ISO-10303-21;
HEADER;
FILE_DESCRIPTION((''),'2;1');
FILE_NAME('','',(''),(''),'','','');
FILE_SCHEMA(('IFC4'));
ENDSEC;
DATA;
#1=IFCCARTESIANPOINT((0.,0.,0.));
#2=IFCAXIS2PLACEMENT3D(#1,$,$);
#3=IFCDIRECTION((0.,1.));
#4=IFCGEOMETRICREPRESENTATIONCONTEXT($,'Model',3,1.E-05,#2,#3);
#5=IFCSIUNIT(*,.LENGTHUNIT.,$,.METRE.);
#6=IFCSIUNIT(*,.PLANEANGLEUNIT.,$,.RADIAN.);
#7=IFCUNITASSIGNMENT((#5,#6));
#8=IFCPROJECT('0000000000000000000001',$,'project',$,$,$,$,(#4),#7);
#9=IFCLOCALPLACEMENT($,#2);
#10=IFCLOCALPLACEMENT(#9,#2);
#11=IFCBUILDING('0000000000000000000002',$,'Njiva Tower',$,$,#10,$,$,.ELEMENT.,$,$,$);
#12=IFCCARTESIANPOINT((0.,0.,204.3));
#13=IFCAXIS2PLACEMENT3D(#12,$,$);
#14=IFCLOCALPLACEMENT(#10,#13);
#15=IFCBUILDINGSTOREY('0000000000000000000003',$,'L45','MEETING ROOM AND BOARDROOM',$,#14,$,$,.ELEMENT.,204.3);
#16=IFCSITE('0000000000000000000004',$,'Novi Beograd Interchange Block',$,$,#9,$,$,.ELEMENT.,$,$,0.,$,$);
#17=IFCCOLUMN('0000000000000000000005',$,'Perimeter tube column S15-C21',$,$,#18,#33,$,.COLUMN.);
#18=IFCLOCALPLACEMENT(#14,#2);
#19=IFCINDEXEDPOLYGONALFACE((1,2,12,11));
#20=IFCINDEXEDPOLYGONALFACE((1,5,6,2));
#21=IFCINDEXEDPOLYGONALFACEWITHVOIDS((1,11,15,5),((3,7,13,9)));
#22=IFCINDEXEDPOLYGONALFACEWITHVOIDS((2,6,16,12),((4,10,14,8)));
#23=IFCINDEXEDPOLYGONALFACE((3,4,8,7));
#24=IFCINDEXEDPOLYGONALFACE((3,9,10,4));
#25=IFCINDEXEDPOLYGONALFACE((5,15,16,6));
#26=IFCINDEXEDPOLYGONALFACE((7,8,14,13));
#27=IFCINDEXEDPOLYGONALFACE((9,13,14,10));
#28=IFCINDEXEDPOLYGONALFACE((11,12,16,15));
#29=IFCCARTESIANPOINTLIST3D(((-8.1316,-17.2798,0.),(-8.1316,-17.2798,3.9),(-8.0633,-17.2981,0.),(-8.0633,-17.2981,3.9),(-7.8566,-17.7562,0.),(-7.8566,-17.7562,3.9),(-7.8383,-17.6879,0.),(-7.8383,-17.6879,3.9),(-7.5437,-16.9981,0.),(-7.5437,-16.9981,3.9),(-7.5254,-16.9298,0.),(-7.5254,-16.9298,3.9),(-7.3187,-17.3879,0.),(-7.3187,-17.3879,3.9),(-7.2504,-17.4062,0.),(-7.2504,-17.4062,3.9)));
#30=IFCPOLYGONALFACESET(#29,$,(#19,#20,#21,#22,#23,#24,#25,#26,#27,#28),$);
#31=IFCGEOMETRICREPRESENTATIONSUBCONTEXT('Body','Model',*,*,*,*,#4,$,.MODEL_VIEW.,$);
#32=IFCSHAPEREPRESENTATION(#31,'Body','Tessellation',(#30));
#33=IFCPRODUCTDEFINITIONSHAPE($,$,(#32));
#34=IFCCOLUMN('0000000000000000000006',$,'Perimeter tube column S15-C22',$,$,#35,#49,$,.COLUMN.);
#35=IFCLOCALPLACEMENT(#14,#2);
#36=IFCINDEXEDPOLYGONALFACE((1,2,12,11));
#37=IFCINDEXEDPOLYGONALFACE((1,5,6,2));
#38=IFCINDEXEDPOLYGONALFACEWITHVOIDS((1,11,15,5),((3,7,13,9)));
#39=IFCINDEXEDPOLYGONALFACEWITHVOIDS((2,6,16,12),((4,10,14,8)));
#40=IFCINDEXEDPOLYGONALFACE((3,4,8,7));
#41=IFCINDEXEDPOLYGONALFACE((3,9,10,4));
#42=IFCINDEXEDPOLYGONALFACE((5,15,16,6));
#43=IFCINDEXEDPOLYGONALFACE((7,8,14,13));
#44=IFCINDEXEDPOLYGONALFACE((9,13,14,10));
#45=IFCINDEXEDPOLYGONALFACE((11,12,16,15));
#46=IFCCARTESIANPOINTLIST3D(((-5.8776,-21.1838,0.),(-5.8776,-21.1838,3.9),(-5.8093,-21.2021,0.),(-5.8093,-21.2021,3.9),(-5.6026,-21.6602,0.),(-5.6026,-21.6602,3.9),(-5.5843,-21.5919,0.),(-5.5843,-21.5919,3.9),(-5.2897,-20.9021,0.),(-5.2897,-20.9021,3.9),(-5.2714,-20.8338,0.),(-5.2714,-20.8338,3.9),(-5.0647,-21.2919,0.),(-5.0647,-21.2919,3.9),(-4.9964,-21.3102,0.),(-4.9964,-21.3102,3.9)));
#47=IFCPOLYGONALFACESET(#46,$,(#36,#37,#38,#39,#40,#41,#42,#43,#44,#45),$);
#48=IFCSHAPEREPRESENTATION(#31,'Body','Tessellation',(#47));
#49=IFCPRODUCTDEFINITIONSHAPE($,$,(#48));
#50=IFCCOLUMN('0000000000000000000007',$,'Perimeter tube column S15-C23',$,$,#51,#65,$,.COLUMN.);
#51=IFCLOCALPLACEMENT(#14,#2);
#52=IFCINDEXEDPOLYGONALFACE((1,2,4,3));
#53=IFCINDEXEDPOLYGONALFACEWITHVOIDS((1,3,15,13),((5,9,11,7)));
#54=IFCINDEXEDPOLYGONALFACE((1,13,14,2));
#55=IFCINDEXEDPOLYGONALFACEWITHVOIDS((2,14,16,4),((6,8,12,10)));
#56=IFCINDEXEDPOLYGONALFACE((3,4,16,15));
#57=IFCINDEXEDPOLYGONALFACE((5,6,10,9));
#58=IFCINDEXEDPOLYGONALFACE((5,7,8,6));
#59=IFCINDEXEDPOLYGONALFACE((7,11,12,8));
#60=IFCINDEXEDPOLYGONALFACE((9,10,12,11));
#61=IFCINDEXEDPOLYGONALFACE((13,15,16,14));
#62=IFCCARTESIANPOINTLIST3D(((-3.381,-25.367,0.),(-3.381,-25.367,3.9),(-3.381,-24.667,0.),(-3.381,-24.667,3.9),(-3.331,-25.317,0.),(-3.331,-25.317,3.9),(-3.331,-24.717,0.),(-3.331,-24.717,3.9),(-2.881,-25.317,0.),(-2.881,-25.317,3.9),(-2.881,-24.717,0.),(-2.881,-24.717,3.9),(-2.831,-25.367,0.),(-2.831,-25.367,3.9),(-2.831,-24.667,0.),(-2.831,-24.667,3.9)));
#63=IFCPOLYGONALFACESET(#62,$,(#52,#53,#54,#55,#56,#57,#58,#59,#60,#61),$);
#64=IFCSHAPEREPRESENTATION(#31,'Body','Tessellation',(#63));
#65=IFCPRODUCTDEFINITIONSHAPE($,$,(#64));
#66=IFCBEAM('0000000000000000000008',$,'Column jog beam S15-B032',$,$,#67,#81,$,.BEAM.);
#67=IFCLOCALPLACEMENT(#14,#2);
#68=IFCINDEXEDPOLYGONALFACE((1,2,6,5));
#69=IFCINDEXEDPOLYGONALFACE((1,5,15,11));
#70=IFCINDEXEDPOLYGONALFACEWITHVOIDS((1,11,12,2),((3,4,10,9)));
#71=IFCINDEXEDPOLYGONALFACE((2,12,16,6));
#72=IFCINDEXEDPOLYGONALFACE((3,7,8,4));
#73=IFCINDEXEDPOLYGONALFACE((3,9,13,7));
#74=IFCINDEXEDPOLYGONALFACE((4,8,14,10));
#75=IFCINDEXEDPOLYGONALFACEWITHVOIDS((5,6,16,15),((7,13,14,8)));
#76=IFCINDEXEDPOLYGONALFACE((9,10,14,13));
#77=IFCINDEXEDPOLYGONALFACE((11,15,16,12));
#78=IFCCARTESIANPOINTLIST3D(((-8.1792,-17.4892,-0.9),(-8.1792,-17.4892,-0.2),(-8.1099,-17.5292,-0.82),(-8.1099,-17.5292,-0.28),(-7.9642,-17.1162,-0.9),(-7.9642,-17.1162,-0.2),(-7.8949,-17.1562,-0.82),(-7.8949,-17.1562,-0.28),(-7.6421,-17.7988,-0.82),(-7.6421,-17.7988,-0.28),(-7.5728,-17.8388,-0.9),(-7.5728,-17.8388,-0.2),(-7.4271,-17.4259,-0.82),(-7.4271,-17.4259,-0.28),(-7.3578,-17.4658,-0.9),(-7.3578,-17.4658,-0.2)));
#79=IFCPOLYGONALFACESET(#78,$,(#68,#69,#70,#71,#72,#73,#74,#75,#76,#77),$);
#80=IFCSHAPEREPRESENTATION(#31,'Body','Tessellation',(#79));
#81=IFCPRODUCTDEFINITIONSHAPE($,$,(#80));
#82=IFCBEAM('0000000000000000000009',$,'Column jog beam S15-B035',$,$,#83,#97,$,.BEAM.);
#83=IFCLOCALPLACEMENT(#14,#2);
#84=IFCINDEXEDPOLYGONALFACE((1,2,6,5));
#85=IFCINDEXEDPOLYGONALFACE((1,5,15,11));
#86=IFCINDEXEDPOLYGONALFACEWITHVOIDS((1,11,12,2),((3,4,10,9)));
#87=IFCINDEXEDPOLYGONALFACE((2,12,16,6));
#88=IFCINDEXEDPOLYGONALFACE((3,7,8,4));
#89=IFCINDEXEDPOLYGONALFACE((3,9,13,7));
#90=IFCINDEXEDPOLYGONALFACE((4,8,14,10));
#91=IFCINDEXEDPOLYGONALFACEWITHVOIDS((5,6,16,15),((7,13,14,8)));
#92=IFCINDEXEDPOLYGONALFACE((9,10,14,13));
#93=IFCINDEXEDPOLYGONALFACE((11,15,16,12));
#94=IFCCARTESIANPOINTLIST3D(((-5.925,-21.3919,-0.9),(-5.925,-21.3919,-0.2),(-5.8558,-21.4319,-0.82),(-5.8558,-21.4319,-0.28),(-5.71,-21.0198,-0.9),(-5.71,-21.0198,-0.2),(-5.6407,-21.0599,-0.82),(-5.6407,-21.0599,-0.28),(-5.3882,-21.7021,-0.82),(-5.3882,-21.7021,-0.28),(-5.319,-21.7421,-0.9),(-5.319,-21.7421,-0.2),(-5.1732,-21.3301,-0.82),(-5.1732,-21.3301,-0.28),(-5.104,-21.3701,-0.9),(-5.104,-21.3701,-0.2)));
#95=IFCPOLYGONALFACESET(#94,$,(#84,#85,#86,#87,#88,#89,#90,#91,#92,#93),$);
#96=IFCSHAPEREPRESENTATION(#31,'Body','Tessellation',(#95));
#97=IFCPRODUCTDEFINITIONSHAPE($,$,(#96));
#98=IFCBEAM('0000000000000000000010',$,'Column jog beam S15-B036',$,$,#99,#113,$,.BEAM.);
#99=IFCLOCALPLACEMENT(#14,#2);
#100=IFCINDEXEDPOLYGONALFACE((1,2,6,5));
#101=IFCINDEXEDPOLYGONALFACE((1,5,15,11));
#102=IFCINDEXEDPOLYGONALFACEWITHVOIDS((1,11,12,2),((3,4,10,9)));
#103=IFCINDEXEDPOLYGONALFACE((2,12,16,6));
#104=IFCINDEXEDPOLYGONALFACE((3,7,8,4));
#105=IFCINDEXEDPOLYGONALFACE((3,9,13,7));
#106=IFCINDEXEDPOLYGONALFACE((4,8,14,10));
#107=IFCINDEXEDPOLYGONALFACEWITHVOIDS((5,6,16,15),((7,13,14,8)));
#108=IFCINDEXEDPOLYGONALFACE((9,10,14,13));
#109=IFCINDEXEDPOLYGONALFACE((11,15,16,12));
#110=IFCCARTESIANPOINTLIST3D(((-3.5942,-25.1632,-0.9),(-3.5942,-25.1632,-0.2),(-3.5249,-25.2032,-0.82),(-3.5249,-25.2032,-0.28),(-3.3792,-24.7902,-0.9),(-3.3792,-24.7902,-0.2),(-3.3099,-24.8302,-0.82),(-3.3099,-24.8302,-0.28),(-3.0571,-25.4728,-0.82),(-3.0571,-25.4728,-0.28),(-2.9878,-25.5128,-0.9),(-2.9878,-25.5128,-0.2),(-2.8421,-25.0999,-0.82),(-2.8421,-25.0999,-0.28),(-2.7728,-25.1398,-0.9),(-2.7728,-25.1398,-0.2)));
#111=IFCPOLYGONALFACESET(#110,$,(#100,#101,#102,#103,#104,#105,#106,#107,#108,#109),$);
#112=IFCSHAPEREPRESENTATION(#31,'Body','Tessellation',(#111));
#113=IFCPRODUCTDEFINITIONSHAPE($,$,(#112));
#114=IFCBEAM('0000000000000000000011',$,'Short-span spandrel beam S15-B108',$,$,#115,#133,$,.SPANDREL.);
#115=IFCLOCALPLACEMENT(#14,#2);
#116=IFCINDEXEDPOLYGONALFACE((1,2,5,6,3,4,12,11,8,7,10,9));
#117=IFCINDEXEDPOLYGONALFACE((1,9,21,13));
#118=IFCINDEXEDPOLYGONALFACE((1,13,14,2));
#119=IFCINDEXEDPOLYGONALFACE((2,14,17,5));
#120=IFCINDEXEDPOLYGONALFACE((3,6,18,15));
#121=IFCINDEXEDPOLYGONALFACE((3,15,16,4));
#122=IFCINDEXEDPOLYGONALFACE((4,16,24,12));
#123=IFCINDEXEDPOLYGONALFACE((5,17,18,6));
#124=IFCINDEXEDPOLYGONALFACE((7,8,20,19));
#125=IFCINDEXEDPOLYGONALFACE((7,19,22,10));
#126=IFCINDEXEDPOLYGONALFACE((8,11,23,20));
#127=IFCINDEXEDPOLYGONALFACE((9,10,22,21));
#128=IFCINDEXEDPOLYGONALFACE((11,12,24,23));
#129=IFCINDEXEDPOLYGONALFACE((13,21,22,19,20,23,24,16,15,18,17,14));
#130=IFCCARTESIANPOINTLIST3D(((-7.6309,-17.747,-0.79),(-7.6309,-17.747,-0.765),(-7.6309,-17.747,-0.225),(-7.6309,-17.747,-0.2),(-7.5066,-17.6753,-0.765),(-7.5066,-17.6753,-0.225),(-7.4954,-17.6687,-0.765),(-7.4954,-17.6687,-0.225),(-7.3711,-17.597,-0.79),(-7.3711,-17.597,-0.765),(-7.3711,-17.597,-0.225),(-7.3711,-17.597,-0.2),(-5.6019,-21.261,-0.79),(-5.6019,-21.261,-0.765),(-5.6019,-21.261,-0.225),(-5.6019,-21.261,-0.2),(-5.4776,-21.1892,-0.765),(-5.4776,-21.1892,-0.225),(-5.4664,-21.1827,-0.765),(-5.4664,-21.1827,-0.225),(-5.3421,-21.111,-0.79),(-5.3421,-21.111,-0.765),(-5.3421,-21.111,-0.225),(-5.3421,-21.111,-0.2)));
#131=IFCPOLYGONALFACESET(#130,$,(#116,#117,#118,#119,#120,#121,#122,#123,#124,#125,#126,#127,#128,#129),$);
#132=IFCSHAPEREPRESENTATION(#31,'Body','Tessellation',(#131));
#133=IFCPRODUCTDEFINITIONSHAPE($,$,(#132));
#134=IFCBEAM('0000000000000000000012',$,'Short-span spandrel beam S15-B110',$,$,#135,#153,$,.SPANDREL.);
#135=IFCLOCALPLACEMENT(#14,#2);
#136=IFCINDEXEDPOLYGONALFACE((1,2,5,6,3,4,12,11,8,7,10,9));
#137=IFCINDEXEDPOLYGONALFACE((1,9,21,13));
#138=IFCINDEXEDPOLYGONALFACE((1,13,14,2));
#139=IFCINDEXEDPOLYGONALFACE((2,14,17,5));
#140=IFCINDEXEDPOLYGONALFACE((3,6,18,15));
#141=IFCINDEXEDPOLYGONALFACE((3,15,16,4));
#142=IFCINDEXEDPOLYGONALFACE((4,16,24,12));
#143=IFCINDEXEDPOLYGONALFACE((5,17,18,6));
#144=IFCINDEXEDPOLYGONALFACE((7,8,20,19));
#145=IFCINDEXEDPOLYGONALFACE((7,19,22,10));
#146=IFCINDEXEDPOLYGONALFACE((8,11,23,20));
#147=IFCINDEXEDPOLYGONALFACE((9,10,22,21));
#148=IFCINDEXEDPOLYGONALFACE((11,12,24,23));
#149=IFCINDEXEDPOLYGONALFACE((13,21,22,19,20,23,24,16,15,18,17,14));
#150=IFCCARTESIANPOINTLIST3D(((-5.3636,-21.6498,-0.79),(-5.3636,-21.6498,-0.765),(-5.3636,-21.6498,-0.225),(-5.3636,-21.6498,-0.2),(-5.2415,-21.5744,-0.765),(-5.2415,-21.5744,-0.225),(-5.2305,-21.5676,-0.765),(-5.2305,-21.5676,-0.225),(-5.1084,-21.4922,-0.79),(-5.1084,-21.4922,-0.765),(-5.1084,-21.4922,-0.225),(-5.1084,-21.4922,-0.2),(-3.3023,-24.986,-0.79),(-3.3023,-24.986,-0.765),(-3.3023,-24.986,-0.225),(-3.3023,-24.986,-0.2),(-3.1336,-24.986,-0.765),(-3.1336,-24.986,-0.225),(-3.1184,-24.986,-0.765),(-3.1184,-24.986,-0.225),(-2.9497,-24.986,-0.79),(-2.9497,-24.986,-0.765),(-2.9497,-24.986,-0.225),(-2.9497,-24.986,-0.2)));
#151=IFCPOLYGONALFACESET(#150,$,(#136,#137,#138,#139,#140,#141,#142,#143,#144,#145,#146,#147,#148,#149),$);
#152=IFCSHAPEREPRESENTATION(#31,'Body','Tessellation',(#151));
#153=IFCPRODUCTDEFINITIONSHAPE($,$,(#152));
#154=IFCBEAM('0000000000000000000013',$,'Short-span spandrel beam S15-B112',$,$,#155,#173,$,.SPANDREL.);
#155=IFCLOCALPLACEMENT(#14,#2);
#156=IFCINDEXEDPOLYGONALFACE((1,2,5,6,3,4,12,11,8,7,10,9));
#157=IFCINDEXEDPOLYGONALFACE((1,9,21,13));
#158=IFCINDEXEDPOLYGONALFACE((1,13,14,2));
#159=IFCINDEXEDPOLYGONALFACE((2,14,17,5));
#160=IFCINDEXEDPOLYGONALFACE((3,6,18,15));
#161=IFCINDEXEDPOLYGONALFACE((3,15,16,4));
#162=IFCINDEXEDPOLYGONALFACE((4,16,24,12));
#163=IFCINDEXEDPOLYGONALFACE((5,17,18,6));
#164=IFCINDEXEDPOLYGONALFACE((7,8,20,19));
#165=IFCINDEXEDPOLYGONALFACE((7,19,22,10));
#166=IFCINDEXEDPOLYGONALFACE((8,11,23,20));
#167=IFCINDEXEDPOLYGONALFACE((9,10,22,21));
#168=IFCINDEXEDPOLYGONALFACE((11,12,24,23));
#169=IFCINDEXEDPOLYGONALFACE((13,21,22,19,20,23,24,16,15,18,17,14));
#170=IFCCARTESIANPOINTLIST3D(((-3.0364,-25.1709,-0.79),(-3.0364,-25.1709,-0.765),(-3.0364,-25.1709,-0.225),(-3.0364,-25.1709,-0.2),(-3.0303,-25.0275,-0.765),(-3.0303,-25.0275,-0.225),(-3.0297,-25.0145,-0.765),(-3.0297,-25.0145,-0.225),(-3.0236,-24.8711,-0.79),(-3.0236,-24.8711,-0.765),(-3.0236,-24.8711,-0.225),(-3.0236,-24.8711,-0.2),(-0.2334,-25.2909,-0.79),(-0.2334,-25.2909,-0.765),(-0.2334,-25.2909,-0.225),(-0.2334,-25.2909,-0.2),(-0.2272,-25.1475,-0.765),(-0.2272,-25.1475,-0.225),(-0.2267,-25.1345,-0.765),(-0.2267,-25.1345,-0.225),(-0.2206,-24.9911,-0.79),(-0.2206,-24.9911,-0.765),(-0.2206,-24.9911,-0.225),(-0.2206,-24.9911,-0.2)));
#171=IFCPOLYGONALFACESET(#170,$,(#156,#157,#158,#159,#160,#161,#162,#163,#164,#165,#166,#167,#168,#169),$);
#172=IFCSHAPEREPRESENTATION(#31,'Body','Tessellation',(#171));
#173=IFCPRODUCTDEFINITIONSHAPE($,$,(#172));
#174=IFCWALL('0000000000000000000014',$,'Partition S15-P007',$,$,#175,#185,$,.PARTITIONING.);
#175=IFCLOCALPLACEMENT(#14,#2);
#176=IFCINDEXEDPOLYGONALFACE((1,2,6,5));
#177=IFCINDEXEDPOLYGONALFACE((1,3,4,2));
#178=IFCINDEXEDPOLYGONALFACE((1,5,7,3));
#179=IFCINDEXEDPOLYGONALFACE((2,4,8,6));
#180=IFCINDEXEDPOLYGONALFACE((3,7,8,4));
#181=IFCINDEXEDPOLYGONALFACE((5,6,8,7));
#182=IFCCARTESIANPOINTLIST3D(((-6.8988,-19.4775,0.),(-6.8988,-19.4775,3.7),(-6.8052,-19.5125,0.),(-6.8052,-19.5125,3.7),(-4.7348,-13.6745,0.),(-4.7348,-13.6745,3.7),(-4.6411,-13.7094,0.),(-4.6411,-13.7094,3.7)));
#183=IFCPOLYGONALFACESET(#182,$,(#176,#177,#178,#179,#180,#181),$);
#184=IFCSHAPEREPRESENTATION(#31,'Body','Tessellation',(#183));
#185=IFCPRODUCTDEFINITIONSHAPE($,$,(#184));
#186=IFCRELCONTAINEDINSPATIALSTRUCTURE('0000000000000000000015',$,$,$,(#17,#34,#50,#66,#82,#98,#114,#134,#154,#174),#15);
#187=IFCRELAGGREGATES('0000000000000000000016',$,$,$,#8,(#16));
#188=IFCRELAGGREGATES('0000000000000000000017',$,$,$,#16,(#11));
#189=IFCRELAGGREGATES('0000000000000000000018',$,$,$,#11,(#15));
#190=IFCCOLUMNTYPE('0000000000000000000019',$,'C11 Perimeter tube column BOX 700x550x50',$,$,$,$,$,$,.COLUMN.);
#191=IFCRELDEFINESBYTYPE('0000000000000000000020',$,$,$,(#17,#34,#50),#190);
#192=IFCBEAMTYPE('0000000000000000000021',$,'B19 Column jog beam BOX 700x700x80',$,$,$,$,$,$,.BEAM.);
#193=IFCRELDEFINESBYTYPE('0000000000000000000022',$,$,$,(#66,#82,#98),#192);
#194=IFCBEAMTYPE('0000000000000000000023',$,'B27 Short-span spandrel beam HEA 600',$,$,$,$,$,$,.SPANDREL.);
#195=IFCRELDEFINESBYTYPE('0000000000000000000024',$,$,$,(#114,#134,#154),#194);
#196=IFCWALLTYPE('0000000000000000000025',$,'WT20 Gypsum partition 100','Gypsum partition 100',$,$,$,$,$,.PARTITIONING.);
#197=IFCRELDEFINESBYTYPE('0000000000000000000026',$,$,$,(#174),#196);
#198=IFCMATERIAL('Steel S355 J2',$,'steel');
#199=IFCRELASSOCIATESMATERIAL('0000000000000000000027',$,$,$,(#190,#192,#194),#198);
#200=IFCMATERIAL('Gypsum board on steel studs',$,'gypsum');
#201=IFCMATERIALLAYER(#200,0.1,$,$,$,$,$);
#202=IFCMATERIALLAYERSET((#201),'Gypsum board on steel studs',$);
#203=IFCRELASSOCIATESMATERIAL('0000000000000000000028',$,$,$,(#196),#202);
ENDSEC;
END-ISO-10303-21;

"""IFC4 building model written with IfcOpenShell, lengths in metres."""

from ifc_helpers import new_model, si_unit, direction, frame, frame_2d, origin, origin_2d, place, context, subcontext, project, spatial, rectangle, hollow_rectangle, i_section, extrude, clip, halfspace, material, layer, layer_set, material_profile, profile_set, type_object, element, save


model = new_model("IFC4")

# Units and contexts
model_context = context("Model", 3, precision=1e-05, world=origin(), true_north=direction((0.0, 1.0)))
body_context = subcontext(model_context, "Body", "Model", "MODEL_VIEW")
ifc_project = project(units=[si_unit("LENGTHUNIT", "METRE"), si_unit("PLANEANGLEUNIT", "RADIAN")], contexts=[model_context])

# Site, building, storey
site_placement = place(None, origin())
site = spatial("IfcSite", under=ifc_project, at=site_placement, Name="Novi Beograd Interchange Block", CompositionType="ELEMENT", RefElevation=0.0)
building_placement = place(site_placement, origin())
building = spatial("IfcBuilding", under=site, at=building_placement, Name="Njiva Tower", CompositionType="ELEMENT")
storey_placement = place(building_placement, frame((0.0, 0.0, 204.3)))
storey = spatial("IfcBuildingStorey", under=building, at=storey_placement, Name="L45", Description="MEETING ROOM AND BOARDROOM", CompositionType="ELEMENT", Elevation=204.3)

# Columns
ifc_material_1 = material(Name="Steel S355 J2", Category="steel")
ifc_material_profile_1 = material_profile(ifc_material_1, hollow_rectangle(XDim=0.55, YDim=0.7, WallThickness=0.05, at=origin_2d()), Name="BOX 700x550x50")
ifc_profile_set_1 = profile_set([ifc_material_profile_1], Name="Steel S355 J2")
column_type = type_object("IfcColumnType", Name="C11 Perimeter tube column BOX 700x550x50", PredefinedType="COLUMN", material=ifc_profile_set_1)
for number, where, z_axis, x_axis, name in (
    (1, (-7.691, -17.343, 0.0), (0.0, 0.0, 1.0), (0.5, -0.866025, 0.0), "Perimeter tube column S15-C21"),
    (2, (-5.437, -21.247, 0.0), (0.0, 0.0, 1.0), (0.5, -0.866025, 0.0), "Perimeter tube column S15-C22"),
    (3, (-3.106, -25.017, 0.0), (0.0, 0.0, 1.0), (1.0, 0.0, 0.0), "Perimeter tube column S15-C23"),
):
    element("IfcColumn", number, at=place(storey_placement, frame(where, z_axis=z_axis, x_axis=x_axis)), inside=storey, type_object=column_type, Name=name, PredefinedType="COLUMN", context=body_context, shape_type="SweptSolid", body=[
        extrude(hollow_rectangle(XDim=0.55, YDim=0.7, WallThickness=0.05, at=origin_2d()), origin(), (0.0, 0.0, 1.0), 3.9),
    ])

# Beams
ifc_material_profile_2 = material_profile(ifc_material_1, hollow_rectangle(XDim=0.7, YDim=0.7, WallThickness=0.08, at=origin_2d()), Name="BOX 700x700x80")
ifc_profile_set_2 = profile_set([ifc_material_profile_2], Name="Steel S355 J2")
beam_type_1 = type_object("IfcBeamType", Name="B19 Column jog beam BOX 700x700x80", PredefinedType="BEAM", material=ifc_profile_set_2)
beam_1_placement = place(storey_placement, frame((-7.876, -17.664, -0.55), z_axis=(0.499387, 0.866379, 0.0), x_axis=(-0.866379, 0.499387, 0.0)))
element("IfcBeam", 4, at=beam_1_placement, inside=storey, type_object=beam_type_1, Name="Column jog beam S15-B032", PredefinedType="BEAM", context=body_context, shape_type="SweptSolid", body=[
    extrude(hollow_rectangle(XDim=0.7, YDim=0.7, WallThickness=0.08, at=origin_2d()), origin(), (0.0, 0.0, 1.0), 0.4305),
])
beam_2_placement = place(storey_placement, frame((-5.622, -21.567, -0.55), z_axis=(0.500394, 0.865798, 0.0), x_axis=(-0.865798, 0.500394, 0.0)))
element("IfcBeam", 5, at=beam_2_placement, inside=storey, type_object=beam_type_1, Name="Column jog beam S15-B035", PredefinedType="BEAM", context=body_context, shape_type="SweptSolid", body=[
    extrude(hollow_rectangle(XDim=0.7, YDim=0.7, WallThickness=0.08, at=origin_2d()), origin(), (0.0, 0.0, 1.0), 0.4297),
])
beam_3_placement = place(storey_placement, frame((-3.291, -25.338, -0.55), z_axis=(0.499387, 0.866379, 0.0), x_axis=(-0.866379, 0.499387, 0.0)))
element("IfcBeam", 6, at=beam_3_placement, inside=storey, type_object=beam_type_1, Name="Column jog beam S15-B036", PredefinedType="BEAM", context=body_context, shape_type="SweptSolid", body=[
    extrude(hollow_rectangle(XDim=0.7, YDim=0.7, WallThickness=0.08, at=origin_2d()), origin(), (0.0, 0.0, 1.0), 0.4305),
])
ifc_material_profile_3 = material_profile(ifc_material_1, i_section(OverallWidth=0.3, OverallDepth=0.59, WebThickness=0.013, FlangeThickness=0.025, at=origin_2d()), Name="HEA 600")
ifc_profile_set_3 = profile_set([ifc_material_profile_3], Name="Steel S355 J2")
beam_type_2 = type_object("IfcBeamType", Name="B27 Short-span spandrel beam HEA 600", PredefinedType="SPANDREL", material=ifc_profile_set_3)
beam_4_placement = place(storey_placement, frame((-7.501, -17.672, -0.495), z_axis=(0.500035, -0.866005, 0.0), x_axis=(0.866005, 0.500035, 0.0)))
element("IfcBeam", 7, at=beam_4_placement, inside=storey, type_object=beam_type_2, Name="Short-span spandrel beam S15-B108", PredefinedType="SPANDREL", context=body_context, shape_type="SweptSolid", body=[
    extrude(i_section(OverallWidth=0.3, OverallDepth=0.59, WebThickness=0.013, FlangeThickness=0.025, at=origin_2d()), origin(), (0.0, 0.0, 1.0), 4.0577),
])
beam_5_placement = place(storey_placement, frame((-5.236, -21.571, -0.495), z_axis=(0.525625, -0.850716, 0.0), x_axis=(0.850716, 0.525625, 0.0)))
element("IfcBeam", 8, at=beam_5_placement, inside=storey, type_object=beam_type_2, Name="Short-span spandrel beam S15-B110", PredefinedType="SPANDREL", context=body_context, shape_type="Clipping", body=[
    clip(extrude(i_section(OverallWidth=0.3, OverallDepth=0.59, WebThickness=0.013, FlangeThickness=0.025, at=origin_2d()), origin(), (0.0, 0.0, 1.0), 4.1273), halfspace(frame((-0.026, 0.0, 3.9982), z_axis=(-0.525625, 0.0, 0.850716), x_axis=(0.0, 1.0, 0.0)), False)),
])
beam_6_placement = place(storey_placement, frame((-3.03, -25.021, -0.495), z_axis=(0.999085, -0.042772, 0.0), x_axis=(0.042772, 0.999085, 0.0)))
element("IfcBeam", 9, at=beam_6_placement, inside=storey, type_object=beam_type_2, Name="Short-span spandrel beam S15-B112", PredefinedType="SPANDREL", context=body_context, shape_type="SweptSolid", body=[
    extrude(i_section(OverallWidth=0.3, OverallDepth=0.59, WebThickness=0.013, FlangeThickness=0.025, at=origin_2d()), origin(), (0.0, 0.0, 1.0), 2.8056),
])

# Wall
ifc_material_2 = material(Name="Gypsum board on steel studs", Category="gypsum")
ifc_layer_1 = layer(ifc_material_2, 0.1)
ifc_layer_set_1 = layer_set([ifc_layer_1], Name="Gypsum board on steel studs")
wall_type_1 = type_object("IfcWallType", Name="WT20 Gypsum partition 100", Description="Gypsum partition 100", PredefinedType="PARTITIONING", material=ifc_layer_set_1)
wall_1_placement = place(storey_placement, frame((-6.852, -19.495, 0.0), z_axis=(0.0, 0.0, 1.0), x_axis=(0.349406, 0.936971, 0.0)))
element("IfcWall", 10, at=wall_1_placement, inside=storey, type_object=wall_type_1, Name="Partition S15-P007", PredefinedType="PARTITIONING", context=body_context, shape_type="SweptSolid", body=[
    extrude(rectangle(XDim=6.1934, YDim=0.1, at=frame_2d((3.0967, 0.0))), origin(), (0.0, 0.0, 1.0), 3.7),
])

save(model, "model.ifc")
